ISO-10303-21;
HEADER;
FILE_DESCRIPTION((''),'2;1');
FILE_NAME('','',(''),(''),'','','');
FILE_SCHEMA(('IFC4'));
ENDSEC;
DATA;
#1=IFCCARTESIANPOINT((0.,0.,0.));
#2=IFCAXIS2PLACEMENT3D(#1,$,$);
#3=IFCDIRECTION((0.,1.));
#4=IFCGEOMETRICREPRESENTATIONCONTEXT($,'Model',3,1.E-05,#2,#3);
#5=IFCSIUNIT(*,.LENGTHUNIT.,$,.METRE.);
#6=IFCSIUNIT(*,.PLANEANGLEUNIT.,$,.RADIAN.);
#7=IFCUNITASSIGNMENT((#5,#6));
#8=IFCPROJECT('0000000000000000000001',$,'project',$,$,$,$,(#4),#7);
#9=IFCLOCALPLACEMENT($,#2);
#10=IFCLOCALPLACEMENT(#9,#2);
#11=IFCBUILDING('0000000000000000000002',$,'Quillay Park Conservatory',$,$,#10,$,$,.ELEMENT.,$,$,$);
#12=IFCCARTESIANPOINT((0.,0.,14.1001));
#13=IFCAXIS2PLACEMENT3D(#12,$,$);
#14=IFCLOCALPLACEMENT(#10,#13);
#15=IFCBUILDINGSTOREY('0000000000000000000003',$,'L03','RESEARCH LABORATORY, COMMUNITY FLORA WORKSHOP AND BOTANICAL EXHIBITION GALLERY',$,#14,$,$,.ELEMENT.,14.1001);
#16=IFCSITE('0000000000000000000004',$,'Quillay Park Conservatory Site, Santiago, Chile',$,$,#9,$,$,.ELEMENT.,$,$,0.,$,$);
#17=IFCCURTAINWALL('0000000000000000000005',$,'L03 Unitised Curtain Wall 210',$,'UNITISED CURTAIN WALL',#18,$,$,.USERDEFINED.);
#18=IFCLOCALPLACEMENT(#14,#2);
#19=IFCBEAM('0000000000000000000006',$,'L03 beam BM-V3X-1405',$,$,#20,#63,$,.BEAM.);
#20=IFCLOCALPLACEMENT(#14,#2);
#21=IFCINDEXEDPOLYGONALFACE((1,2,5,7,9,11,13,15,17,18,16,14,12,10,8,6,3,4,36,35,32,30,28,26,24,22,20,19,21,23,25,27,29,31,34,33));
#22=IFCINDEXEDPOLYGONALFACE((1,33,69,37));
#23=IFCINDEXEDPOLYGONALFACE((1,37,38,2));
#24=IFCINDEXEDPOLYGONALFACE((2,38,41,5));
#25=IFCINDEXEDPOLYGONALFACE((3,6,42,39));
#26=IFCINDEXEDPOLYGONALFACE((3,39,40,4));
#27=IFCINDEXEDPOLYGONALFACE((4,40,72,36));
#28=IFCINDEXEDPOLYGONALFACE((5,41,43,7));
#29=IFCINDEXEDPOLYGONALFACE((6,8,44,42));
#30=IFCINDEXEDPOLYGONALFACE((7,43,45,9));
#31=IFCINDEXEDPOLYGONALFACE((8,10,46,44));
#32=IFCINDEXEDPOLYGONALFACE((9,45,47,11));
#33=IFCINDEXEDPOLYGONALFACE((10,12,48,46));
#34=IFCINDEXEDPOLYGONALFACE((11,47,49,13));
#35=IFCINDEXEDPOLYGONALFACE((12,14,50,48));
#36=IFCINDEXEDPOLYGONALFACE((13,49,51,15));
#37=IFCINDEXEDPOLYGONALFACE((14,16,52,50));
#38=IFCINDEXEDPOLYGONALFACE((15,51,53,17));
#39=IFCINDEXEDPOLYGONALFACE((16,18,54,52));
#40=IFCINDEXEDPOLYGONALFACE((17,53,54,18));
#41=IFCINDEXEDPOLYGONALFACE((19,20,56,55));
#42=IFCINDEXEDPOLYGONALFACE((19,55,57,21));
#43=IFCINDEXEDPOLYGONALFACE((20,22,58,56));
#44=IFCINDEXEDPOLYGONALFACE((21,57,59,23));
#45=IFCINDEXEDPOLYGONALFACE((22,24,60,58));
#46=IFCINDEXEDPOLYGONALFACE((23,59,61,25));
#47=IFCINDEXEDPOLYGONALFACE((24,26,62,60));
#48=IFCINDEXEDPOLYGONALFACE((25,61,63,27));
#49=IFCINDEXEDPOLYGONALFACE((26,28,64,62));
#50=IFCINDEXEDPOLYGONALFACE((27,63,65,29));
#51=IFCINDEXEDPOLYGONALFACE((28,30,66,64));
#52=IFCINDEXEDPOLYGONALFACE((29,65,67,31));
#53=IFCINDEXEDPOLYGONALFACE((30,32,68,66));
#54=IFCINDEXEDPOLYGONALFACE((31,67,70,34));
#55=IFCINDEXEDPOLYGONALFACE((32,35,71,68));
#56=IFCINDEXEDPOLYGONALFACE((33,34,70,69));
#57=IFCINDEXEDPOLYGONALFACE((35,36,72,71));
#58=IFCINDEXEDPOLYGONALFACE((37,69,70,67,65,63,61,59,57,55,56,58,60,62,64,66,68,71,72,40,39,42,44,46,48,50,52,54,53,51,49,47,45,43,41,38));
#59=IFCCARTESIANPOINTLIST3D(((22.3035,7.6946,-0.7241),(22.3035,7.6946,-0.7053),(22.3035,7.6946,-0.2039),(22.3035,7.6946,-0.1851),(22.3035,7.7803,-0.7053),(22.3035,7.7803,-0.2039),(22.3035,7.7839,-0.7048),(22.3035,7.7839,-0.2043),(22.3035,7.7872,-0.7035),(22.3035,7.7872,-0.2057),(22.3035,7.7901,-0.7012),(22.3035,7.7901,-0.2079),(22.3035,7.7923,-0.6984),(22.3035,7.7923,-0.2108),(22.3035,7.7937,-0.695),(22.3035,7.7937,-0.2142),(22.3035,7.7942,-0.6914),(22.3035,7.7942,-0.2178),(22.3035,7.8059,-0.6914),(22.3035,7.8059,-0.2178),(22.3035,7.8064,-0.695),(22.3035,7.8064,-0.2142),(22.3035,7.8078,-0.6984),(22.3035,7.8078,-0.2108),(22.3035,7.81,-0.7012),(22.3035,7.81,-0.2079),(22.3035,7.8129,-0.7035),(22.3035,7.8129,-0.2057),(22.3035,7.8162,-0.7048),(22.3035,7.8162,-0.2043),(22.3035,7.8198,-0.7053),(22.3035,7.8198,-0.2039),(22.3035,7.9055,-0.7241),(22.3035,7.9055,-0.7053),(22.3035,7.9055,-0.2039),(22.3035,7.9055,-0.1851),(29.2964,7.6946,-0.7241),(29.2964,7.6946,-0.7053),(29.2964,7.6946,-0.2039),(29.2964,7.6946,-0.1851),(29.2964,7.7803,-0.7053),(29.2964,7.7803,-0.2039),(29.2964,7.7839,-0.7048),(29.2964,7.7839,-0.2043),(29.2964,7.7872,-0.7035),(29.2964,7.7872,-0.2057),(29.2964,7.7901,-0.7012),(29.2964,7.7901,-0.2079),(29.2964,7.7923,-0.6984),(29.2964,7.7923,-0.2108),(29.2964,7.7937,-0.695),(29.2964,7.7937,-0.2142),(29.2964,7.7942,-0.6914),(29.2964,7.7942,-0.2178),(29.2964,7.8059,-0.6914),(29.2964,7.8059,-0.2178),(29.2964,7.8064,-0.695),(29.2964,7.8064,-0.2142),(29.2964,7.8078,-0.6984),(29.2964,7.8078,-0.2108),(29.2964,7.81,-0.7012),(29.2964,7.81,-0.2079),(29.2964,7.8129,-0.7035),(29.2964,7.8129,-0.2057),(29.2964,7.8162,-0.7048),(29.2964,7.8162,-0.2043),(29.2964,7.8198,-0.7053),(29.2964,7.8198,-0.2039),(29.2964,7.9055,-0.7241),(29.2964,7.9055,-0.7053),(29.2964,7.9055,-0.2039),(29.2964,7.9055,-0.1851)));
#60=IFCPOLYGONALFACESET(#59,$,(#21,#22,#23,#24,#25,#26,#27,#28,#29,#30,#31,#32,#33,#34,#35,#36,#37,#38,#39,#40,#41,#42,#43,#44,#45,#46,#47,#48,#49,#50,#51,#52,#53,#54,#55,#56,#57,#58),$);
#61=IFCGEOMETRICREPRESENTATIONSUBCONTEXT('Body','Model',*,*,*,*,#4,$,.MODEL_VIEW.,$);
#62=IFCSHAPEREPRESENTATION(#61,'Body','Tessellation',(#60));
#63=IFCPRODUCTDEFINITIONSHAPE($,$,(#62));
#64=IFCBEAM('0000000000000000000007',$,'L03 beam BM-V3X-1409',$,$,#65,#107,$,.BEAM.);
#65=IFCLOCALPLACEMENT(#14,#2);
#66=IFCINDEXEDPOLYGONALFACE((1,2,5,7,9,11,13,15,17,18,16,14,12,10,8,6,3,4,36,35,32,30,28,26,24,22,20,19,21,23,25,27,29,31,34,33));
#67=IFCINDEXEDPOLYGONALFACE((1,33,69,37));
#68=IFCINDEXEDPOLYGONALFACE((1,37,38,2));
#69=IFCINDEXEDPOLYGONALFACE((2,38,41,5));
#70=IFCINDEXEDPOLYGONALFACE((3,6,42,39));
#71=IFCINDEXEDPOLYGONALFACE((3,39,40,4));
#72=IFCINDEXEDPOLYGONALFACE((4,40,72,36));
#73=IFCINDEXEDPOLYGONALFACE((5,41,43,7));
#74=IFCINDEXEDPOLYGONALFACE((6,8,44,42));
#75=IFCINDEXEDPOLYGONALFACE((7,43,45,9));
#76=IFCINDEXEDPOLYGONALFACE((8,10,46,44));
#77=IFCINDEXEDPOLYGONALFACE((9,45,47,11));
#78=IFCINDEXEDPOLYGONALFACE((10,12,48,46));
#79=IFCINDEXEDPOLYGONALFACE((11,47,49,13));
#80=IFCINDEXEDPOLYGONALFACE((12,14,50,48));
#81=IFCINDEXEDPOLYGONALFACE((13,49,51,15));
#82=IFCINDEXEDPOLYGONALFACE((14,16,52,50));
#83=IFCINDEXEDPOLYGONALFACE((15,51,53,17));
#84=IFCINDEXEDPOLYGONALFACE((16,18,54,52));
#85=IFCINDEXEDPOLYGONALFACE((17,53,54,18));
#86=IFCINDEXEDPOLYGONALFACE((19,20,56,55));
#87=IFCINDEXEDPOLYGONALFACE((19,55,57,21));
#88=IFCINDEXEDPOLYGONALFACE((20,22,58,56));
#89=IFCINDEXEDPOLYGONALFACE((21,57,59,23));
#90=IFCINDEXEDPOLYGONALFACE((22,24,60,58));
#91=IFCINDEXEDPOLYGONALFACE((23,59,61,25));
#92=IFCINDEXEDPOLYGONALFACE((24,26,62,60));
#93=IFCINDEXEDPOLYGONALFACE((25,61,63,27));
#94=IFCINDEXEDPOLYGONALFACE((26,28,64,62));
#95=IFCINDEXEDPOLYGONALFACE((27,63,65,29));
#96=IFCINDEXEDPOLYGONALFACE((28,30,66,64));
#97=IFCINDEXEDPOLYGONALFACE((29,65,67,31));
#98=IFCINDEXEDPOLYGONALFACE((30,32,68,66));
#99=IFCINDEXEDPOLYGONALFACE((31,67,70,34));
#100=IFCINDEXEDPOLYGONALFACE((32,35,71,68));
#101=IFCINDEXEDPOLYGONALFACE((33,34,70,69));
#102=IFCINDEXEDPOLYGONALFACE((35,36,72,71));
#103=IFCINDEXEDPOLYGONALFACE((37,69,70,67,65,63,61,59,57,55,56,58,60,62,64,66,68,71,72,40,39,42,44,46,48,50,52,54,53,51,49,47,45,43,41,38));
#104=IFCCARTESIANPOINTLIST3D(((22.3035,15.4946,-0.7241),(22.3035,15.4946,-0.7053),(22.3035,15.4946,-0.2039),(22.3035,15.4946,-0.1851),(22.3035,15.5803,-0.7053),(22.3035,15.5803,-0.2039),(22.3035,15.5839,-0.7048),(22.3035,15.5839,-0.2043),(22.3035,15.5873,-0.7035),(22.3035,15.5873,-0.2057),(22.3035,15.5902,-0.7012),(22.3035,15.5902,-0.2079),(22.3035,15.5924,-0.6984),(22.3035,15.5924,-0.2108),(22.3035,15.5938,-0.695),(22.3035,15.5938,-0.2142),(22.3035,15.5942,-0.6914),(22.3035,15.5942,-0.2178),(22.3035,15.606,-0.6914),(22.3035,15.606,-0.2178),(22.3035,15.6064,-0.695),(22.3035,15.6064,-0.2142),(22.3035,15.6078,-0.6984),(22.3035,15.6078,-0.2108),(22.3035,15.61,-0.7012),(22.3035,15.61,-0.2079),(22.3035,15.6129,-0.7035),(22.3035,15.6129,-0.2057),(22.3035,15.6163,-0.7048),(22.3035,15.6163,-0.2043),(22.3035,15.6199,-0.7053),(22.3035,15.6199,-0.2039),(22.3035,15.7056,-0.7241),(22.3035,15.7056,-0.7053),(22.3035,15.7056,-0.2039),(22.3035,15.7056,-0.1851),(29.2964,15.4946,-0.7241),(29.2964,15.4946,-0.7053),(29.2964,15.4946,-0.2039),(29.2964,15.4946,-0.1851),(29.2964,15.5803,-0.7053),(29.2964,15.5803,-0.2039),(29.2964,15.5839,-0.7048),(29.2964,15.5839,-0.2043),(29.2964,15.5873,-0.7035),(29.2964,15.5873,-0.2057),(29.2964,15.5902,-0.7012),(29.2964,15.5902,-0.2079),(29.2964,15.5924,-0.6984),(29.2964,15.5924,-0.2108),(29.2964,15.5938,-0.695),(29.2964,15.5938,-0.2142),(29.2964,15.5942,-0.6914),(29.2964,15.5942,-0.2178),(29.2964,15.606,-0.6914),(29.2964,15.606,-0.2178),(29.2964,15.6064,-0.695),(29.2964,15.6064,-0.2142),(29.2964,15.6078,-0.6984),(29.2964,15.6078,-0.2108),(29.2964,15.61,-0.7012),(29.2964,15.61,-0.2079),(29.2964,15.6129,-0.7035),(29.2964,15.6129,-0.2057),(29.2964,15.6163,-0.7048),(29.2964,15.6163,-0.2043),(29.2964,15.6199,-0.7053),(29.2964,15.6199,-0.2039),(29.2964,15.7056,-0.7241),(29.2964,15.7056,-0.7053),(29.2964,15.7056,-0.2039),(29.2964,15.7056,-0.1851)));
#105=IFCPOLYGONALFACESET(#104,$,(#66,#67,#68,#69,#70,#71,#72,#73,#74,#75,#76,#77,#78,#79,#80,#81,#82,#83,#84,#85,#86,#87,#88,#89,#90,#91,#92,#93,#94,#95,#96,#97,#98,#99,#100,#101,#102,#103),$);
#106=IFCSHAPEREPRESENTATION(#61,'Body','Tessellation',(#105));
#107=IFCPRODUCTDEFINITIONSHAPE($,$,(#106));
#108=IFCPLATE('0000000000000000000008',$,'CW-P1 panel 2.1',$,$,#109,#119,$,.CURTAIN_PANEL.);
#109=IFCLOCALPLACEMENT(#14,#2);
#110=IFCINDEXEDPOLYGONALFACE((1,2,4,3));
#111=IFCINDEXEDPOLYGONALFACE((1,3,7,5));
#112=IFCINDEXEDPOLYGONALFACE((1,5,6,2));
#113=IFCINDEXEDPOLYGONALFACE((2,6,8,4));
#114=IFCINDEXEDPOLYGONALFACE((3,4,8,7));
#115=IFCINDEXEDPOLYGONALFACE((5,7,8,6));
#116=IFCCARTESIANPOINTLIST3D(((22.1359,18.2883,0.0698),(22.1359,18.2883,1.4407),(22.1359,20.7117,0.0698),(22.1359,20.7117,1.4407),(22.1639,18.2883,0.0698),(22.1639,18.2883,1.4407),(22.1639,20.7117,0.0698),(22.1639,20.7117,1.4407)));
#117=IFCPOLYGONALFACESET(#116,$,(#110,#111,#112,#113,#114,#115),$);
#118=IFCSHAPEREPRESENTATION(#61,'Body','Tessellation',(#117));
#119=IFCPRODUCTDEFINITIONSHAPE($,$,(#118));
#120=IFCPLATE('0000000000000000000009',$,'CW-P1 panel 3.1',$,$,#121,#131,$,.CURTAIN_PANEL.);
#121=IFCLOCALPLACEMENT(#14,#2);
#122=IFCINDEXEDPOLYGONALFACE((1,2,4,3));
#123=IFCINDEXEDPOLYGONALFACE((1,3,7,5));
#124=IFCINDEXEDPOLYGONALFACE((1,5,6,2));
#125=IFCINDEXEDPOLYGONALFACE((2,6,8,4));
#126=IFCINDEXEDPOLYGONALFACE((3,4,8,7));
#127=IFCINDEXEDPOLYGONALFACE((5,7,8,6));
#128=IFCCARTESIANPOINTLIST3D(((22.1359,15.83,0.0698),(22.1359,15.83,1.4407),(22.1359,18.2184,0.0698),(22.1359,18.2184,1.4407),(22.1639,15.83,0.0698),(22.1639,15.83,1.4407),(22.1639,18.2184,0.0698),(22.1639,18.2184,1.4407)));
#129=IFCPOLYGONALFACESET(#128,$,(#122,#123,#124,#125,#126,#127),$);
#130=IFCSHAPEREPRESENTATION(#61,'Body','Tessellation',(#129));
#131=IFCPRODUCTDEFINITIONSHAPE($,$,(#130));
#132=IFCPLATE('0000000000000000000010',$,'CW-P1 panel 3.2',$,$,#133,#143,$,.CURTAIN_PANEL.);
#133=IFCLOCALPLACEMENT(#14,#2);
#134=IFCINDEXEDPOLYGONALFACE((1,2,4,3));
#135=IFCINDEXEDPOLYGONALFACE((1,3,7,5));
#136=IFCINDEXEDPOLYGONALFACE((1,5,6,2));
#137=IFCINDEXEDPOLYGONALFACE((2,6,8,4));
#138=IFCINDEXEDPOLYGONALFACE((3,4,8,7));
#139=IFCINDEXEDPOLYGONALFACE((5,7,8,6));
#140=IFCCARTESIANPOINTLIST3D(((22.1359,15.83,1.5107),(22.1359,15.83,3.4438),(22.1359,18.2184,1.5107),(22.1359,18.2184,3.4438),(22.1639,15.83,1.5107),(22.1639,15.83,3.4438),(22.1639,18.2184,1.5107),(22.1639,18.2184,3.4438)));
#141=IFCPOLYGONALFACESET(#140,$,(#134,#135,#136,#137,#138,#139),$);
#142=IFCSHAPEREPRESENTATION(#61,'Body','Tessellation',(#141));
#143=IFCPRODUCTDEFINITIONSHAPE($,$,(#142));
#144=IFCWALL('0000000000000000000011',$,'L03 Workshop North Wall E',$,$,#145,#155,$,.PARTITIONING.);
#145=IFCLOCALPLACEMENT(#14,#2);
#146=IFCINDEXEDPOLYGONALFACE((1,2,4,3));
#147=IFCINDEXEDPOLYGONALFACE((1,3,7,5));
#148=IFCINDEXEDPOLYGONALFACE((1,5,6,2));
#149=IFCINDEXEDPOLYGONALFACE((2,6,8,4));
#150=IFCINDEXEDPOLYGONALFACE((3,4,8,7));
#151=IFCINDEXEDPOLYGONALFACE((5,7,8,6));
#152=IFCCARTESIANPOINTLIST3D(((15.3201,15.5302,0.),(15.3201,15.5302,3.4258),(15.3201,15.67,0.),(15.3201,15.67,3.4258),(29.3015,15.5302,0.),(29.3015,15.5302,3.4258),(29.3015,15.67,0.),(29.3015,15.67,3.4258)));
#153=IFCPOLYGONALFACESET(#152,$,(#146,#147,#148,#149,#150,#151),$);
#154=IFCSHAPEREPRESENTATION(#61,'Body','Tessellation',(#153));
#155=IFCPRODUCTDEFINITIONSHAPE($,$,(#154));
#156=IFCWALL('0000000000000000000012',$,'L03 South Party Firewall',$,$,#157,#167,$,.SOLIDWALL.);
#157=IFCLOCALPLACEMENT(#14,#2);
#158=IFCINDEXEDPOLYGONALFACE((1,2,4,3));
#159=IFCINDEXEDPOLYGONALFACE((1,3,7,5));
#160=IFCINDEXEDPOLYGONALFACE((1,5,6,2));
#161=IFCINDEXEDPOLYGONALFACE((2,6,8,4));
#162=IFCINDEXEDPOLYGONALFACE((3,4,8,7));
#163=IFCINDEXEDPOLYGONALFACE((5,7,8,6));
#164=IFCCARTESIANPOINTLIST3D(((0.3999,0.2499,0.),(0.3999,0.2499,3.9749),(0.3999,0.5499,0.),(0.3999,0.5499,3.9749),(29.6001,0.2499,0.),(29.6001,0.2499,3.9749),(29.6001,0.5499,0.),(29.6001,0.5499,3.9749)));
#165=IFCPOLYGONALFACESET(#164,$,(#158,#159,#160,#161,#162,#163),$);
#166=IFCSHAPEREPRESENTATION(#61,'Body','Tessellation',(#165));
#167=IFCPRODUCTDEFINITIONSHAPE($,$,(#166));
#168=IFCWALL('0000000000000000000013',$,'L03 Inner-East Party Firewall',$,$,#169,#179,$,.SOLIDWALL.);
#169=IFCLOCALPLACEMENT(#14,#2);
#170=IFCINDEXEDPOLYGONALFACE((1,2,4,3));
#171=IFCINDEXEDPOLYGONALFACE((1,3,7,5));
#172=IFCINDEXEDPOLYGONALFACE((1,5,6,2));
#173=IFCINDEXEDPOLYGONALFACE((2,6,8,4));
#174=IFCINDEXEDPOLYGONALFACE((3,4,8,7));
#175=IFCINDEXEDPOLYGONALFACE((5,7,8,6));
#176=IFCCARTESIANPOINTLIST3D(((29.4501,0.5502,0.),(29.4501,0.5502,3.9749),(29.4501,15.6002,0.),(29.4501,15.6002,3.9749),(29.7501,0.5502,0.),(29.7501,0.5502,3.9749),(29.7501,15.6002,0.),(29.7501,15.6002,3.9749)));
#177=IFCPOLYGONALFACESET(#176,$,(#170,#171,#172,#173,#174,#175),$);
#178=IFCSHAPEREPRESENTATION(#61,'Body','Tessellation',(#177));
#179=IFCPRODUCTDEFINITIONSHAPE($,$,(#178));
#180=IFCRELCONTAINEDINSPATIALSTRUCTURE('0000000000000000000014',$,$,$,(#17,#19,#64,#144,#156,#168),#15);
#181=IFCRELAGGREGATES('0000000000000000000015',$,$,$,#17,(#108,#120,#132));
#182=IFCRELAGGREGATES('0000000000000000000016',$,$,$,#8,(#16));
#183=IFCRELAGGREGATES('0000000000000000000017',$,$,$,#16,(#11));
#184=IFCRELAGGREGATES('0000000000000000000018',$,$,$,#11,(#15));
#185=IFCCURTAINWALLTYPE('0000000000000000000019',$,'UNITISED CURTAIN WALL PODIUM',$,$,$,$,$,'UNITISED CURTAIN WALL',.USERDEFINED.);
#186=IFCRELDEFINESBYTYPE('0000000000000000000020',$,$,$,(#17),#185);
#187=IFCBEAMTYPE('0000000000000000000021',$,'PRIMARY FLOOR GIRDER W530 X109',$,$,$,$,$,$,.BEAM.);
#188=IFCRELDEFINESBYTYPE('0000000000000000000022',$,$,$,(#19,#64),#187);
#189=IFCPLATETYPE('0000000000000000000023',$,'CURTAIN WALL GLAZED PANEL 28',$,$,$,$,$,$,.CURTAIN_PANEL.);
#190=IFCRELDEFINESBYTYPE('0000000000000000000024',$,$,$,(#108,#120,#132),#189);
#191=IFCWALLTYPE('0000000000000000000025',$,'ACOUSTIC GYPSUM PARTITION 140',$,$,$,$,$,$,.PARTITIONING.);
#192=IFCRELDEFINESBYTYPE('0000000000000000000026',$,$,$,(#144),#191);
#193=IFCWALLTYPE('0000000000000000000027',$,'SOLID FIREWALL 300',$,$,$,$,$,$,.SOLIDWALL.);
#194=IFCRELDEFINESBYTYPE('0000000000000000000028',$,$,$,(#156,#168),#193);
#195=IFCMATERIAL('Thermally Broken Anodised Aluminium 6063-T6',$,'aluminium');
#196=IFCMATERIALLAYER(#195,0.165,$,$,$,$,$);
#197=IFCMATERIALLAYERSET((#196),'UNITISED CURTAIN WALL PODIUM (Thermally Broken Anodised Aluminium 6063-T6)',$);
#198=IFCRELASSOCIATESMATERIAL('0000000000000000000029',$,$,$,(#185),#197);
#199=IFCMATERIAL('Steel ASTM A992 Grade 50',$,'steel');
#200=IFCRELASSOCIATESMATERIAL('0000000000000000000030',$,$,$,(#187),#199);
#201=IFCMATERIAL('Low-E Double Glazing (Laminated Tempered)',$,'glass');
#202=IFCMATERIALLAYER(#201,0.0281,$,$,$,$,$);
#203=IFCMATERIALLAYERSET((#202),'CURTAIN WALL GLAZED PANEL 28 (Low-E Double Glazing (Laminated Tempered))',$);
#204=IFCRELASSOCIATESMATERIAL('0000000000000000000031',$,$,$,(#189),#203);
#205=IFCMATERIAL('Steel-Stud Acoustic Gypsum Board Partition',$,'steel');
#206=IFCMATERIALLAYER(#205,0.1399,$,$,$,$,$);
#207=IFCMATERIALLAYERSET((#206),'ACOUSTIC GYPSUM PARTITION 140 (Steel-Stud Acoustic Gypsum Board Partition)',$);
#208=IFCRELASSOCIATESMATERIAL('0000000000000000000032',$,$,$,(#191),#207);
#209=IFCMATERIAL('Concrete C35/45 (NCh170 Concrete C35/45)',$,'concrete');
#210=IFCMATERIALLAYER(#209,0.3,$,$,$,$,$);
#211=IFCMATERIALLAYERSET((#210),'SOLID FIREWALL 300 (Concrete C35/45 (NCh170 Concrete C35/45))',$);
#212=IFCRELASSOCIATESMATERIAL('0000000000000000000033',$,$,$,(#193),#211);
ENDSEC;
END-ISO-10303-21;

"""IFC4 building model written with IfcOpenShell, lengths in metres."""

from ifc_helpers import new_model, si_unit, direction, frame, frame_2d, origin, origin_2d, place, context, subcontext, project, spatial, rectangle, i_section, extrude, material, layer, layer_set, material_profile, profile_set, type_object, element, aggregate, save


model = new_model("IFC4")

# Units and contexts
model_context = context("Model", 3, precision=1e-05, world=origin(), true_north=direction((0.0, 1.0)))
body_context = subcontext(model_context, "Body", "Model", "MODEL_VIEW")
ifc_project = project(units=[si_unit("LENGTHUNIT", "METRE"), si_unit("PLANEANGLEUNIT", "RADIAN")], contexts=[model_context])

# Site, building, storey
site_placement = place(None, origin())
site = spatial("IfcSite", under=ifc_project, at=site_placement, Name="Quillay Park Conservatory Site, Santiago, Chile", CompositionType="ELEMENT", RefElevation=0.0)
building_placement = place(site_placement, origin())
building = spatial("IfcBuilding", under=site, at=building_placement, Name="Quillay Park Conservatory", CompositionType="ELEMENT")
storey_placement = place(building_placement, frame((0.0, 0.0, 14.1001)))
storey = spatial("IfcBuildingStorey", under=building, at=storey_placement, Name="L03", Description="RESEARCH LABORATORY, COMMUNITY FLORA WORKSHOP AND BOTANICAL EXHIBITION GALLERY", CompositionType="ELEMENT", Elevation=14.1001)

# Curtain wall
ifc_material_1 = material(Name="Thermally Broken Anodised Aluminium 6063-T6", Category="aluminium")
ifc_layer_1 = layer(ifc_material_1, 0.165)
ifc_layer_set_1 = layer_set([ifc_layer_1], Name="UNITISED CURTAIN WALL PODIUM (Thermally Broken Anodised Aluminium 6063-T6)")
curtain_wall_type = type_object("IfcCurtainWallType", Name="UNITISED CURTAIN WALL PODIUM", ElementType="UNITISED CURTAIN WALL", PredefinedType="USERDEFINED", material=ifc_layer_set_1)
curtain_wall_placement = place(storey_placement, origin())
curtain_wall = element("IfcCurtainWall", 1, at=curtain_wall_placement, inside=storey, type_object=curtain_wall_type, Name="L03 Unitised Curtain Wall 210", ObjectType="UNITISED CURTAIN WALL", PredefinedType="USERDEFINED")

# Beams
ifc_material_2 = material(Name="Steel ASTM A992 Grade 50", Category="steel")
ifc_material_profile_1 = material_profile(ifc_material_2, i_section(OverallWidth=0.2109, OverallDepth=0.5391, WebThickness=0.0117, FlangeThickness=0.0188, FilletRadius=0.0139, at=origin_2d()), Name="W530x109")
ifc_profile_set_1 = profile_set([ifc_material_profile_1], Name="Steel ASTM A992 Grade 50")
beam_type_1 = type_object("IfcBeamType", Name="PRIMARY FLOOR GIRDER W530 X109", PredefinedType="BEAM", material=ifc_profile_set_1)
for number, where, z_axis, x_axis, name in (
    (2, (22.3035, 7.8, -0.4546), (1.0, 0.0, 0.0), (0.0, 1.0, 0.0), "L03 beam BM-V3X-1405"),
    (3, (22.3035, 15.6001, -0.4546), (1.0, 0.0, 0.0), (0.0, 1.0, 0.0), "L03 beam BM-V3X-1409"),
):
    element("IfcBeam", number, at=place(storey_placement, frame(where, z_axis=z_axis, x_axis=x_axis)), inside=storey, type_object=beam_type_1, Name=name, PredefinedType="BEAM", context=body_context, shape_type="SweptSolid", body=[
        extrude(i_section(OverallWidth=0.2109, OverallDepth=0.5391, WebThickness=0.0117, FlangeThickness=0.0188, FilletRadius=0.0139, at=origin_2d()), origin(), (0.0, 0.0, 1.0), 6.9929),
    ])

# Plates
ifc_material_3 = material(Name="Low-E Double Glazing (Laminated Tempered)", Category="glass")
ifc_layer_2 = layer(ifc_material_3, 0.0281)
ifc_layer_set_2 = layer_set([ifc_layer_2], Name="CURTAIN WALL GLAZED PANEL 28 (Low-E Double Glazing (Laminated Tempered))")
plate_type = type_object("IfcPlateType", Name="CURTAIN WALL GLAZED PANEL 28", PredefinedType="CURTAIN_PANEL", material=ifc_layer_set_2)
plate_1_placement = place(storey_placement, frame((22.1499, 19.5, 0.0698), z_axis=(0.0, 0.0, 1.0), x_axis=(0.0, -1.0, 0.0)))
plate_1 = element("IfcPlate", 4, at=plate_1_placement, type_object=plate_type, Name="CW-P1 panel 2.1", PredefinedType="CURTAIN_PANEL", context=body_context, shape_type="SweptSolid", body=[
    extrude(rectangle(XDim=2.4233, YDim=0.0281, at=origin_2d()), origin(), (0.0, 0.0, 1.0), 1.3708),
])
plate_2_placement = place(storey_placement, frame((22.1499, 17.0242, 0.0698), z_axis=(0.0, 0.0, 1.0), x_axis=(0.0, -1.0, 0.0)))
plate_2 = element("IfcPlate", 5, at=plate_2_placement, type_object=plate_type, Name="CW-P1 panel 3.1", PredefinedType="CURTAIN_PANEL", context=body_context, shape_type="SweptSolid", body=[
    extrude(rectangle(XDim=2.3884, YDim=0.0281, at=origin_2d()), origin(), (0.0, 0.0, 1.0), 1.3708),
])
plate_3_placement = place(storey_placement, frame((22.1499, 17.0242, 1.5107), z_axis=(0.0, 0.0, 1.0), x_axis=(0.0, -1.0, 0.0)))
plate_3 = element("IfcPlate", 6, at=plate_3_placement, type_object=plate_type, Name="CW-P1 panel 3.2", PredefinedType="CURTAIN_PANEL", context=body_context, shape_type="SweptSolid", body=[
    extrude(rectangle(XDim=2.3884, YDim=0.0281, at=origin_2d()), origin(), (0.0, 0.0, 1.0), 1.9331),
])
aggregate(curtain_wall, [plate_1, plate_2, plate_3])

# Walls
ifc_material_4 = material(Name="Steel-Stud Acoustic Gypsum Board Partition", Category="steel")
ifc_layer_3 = layer(ifc_material_4, 0.1399)
ifc_layer_set_3 = layer_set([ifc_layer_3], Name="ACOUSTIC GYPSUM PARTITION 140 (Steel-Stud Acoustic Gypsum Board Partition)")
wall_type_1 = type_object("IfcWallType", Name="ACOUSTIC GYPSUM PARTITION 140", PredefinedType="PARTITIONING", material=ifc_layer_set_3)
wall_1_placement = place(storey_placement, frame((29.3015, 15.6001, 0.0), z_axis=(0.0, 0.0, 1.0), x_axis=(-1.0, 0.0, 0.0)))
element("IfcWall", 7, at=wall_1_placement, inside=storey, type_object=wall_type_1, Name="L03 Workshop North Wall E", PredefinedType="PARTITIONING", context=body_context, shape_type="SweptSolid", body=[
    extrude(rectangle(XDim=13.9814, YDim=0.1399, at=frame_2d((6.9907, 0.0))), origin(), (0.0, 0.0, 1.0), 3.4258),
])
ifc_material_5 = material(Name="Concrete C35/45 (NCh170 Concrete C35/45)", Category="concrete")
ifc_layer_4 = layer(ifc_material_5, 0.3)
ifc_layer_set_4 = layer_set([ifc_layer_4], Name="SOLID FIREWALL 300 (Concrete C35/45 (NCh170 Concrete C35/45))")
wall_type_2 = type_object("IfcWallType", Name="SOLID FIREWALL 300", PredefinedType="SOLIDWALL", material=ifc_layer_set_4)
wall_2_placement = place(storey_placement, frame((29.6001, 0.3999, 0.0), z_axis=(0.0, 0.0, 1.0), x_axis=(-1.0, 0.0, 0.0)))
element("IfcWall", 8, at=wall_2_placement, inside=storey, type_object=wall_type_2, Name="L03 South Party Firewall", PredefinedType="SOLIDWALL", context=body_context, shape_type="SweptSolid", body=[
    extrude(rectangle(XDim=29.2002, YDim=0.3, at=frame_2d((14.6001, 0.0))), origin(), (0.0, 0.0, 1.0), 3.9749),
])
wall_3_placement = place(storey_placement, frame((29.6001, 15.6001, 0.0), z_axis=(0.0, 0.0, 1.0), x_axis=(0.0, -1.0, 0.0)))
element("IfcWall", 9, at=wall_3_placement, inside=storey, type_object=wall_type_2, Name="L03 Inner-East Party Firewall", PredefinedType="SOLIDWALL", context=body_context, shape_type="SweptSolid", body=[
    extrude(rectangle(XDim=15.05, YDim=0.3, at=frame_2d((7.5249, 0.0))), origin(), (0.0, 0.0, 1.0), 3.9749),
])

save(model, "model.ifc")
